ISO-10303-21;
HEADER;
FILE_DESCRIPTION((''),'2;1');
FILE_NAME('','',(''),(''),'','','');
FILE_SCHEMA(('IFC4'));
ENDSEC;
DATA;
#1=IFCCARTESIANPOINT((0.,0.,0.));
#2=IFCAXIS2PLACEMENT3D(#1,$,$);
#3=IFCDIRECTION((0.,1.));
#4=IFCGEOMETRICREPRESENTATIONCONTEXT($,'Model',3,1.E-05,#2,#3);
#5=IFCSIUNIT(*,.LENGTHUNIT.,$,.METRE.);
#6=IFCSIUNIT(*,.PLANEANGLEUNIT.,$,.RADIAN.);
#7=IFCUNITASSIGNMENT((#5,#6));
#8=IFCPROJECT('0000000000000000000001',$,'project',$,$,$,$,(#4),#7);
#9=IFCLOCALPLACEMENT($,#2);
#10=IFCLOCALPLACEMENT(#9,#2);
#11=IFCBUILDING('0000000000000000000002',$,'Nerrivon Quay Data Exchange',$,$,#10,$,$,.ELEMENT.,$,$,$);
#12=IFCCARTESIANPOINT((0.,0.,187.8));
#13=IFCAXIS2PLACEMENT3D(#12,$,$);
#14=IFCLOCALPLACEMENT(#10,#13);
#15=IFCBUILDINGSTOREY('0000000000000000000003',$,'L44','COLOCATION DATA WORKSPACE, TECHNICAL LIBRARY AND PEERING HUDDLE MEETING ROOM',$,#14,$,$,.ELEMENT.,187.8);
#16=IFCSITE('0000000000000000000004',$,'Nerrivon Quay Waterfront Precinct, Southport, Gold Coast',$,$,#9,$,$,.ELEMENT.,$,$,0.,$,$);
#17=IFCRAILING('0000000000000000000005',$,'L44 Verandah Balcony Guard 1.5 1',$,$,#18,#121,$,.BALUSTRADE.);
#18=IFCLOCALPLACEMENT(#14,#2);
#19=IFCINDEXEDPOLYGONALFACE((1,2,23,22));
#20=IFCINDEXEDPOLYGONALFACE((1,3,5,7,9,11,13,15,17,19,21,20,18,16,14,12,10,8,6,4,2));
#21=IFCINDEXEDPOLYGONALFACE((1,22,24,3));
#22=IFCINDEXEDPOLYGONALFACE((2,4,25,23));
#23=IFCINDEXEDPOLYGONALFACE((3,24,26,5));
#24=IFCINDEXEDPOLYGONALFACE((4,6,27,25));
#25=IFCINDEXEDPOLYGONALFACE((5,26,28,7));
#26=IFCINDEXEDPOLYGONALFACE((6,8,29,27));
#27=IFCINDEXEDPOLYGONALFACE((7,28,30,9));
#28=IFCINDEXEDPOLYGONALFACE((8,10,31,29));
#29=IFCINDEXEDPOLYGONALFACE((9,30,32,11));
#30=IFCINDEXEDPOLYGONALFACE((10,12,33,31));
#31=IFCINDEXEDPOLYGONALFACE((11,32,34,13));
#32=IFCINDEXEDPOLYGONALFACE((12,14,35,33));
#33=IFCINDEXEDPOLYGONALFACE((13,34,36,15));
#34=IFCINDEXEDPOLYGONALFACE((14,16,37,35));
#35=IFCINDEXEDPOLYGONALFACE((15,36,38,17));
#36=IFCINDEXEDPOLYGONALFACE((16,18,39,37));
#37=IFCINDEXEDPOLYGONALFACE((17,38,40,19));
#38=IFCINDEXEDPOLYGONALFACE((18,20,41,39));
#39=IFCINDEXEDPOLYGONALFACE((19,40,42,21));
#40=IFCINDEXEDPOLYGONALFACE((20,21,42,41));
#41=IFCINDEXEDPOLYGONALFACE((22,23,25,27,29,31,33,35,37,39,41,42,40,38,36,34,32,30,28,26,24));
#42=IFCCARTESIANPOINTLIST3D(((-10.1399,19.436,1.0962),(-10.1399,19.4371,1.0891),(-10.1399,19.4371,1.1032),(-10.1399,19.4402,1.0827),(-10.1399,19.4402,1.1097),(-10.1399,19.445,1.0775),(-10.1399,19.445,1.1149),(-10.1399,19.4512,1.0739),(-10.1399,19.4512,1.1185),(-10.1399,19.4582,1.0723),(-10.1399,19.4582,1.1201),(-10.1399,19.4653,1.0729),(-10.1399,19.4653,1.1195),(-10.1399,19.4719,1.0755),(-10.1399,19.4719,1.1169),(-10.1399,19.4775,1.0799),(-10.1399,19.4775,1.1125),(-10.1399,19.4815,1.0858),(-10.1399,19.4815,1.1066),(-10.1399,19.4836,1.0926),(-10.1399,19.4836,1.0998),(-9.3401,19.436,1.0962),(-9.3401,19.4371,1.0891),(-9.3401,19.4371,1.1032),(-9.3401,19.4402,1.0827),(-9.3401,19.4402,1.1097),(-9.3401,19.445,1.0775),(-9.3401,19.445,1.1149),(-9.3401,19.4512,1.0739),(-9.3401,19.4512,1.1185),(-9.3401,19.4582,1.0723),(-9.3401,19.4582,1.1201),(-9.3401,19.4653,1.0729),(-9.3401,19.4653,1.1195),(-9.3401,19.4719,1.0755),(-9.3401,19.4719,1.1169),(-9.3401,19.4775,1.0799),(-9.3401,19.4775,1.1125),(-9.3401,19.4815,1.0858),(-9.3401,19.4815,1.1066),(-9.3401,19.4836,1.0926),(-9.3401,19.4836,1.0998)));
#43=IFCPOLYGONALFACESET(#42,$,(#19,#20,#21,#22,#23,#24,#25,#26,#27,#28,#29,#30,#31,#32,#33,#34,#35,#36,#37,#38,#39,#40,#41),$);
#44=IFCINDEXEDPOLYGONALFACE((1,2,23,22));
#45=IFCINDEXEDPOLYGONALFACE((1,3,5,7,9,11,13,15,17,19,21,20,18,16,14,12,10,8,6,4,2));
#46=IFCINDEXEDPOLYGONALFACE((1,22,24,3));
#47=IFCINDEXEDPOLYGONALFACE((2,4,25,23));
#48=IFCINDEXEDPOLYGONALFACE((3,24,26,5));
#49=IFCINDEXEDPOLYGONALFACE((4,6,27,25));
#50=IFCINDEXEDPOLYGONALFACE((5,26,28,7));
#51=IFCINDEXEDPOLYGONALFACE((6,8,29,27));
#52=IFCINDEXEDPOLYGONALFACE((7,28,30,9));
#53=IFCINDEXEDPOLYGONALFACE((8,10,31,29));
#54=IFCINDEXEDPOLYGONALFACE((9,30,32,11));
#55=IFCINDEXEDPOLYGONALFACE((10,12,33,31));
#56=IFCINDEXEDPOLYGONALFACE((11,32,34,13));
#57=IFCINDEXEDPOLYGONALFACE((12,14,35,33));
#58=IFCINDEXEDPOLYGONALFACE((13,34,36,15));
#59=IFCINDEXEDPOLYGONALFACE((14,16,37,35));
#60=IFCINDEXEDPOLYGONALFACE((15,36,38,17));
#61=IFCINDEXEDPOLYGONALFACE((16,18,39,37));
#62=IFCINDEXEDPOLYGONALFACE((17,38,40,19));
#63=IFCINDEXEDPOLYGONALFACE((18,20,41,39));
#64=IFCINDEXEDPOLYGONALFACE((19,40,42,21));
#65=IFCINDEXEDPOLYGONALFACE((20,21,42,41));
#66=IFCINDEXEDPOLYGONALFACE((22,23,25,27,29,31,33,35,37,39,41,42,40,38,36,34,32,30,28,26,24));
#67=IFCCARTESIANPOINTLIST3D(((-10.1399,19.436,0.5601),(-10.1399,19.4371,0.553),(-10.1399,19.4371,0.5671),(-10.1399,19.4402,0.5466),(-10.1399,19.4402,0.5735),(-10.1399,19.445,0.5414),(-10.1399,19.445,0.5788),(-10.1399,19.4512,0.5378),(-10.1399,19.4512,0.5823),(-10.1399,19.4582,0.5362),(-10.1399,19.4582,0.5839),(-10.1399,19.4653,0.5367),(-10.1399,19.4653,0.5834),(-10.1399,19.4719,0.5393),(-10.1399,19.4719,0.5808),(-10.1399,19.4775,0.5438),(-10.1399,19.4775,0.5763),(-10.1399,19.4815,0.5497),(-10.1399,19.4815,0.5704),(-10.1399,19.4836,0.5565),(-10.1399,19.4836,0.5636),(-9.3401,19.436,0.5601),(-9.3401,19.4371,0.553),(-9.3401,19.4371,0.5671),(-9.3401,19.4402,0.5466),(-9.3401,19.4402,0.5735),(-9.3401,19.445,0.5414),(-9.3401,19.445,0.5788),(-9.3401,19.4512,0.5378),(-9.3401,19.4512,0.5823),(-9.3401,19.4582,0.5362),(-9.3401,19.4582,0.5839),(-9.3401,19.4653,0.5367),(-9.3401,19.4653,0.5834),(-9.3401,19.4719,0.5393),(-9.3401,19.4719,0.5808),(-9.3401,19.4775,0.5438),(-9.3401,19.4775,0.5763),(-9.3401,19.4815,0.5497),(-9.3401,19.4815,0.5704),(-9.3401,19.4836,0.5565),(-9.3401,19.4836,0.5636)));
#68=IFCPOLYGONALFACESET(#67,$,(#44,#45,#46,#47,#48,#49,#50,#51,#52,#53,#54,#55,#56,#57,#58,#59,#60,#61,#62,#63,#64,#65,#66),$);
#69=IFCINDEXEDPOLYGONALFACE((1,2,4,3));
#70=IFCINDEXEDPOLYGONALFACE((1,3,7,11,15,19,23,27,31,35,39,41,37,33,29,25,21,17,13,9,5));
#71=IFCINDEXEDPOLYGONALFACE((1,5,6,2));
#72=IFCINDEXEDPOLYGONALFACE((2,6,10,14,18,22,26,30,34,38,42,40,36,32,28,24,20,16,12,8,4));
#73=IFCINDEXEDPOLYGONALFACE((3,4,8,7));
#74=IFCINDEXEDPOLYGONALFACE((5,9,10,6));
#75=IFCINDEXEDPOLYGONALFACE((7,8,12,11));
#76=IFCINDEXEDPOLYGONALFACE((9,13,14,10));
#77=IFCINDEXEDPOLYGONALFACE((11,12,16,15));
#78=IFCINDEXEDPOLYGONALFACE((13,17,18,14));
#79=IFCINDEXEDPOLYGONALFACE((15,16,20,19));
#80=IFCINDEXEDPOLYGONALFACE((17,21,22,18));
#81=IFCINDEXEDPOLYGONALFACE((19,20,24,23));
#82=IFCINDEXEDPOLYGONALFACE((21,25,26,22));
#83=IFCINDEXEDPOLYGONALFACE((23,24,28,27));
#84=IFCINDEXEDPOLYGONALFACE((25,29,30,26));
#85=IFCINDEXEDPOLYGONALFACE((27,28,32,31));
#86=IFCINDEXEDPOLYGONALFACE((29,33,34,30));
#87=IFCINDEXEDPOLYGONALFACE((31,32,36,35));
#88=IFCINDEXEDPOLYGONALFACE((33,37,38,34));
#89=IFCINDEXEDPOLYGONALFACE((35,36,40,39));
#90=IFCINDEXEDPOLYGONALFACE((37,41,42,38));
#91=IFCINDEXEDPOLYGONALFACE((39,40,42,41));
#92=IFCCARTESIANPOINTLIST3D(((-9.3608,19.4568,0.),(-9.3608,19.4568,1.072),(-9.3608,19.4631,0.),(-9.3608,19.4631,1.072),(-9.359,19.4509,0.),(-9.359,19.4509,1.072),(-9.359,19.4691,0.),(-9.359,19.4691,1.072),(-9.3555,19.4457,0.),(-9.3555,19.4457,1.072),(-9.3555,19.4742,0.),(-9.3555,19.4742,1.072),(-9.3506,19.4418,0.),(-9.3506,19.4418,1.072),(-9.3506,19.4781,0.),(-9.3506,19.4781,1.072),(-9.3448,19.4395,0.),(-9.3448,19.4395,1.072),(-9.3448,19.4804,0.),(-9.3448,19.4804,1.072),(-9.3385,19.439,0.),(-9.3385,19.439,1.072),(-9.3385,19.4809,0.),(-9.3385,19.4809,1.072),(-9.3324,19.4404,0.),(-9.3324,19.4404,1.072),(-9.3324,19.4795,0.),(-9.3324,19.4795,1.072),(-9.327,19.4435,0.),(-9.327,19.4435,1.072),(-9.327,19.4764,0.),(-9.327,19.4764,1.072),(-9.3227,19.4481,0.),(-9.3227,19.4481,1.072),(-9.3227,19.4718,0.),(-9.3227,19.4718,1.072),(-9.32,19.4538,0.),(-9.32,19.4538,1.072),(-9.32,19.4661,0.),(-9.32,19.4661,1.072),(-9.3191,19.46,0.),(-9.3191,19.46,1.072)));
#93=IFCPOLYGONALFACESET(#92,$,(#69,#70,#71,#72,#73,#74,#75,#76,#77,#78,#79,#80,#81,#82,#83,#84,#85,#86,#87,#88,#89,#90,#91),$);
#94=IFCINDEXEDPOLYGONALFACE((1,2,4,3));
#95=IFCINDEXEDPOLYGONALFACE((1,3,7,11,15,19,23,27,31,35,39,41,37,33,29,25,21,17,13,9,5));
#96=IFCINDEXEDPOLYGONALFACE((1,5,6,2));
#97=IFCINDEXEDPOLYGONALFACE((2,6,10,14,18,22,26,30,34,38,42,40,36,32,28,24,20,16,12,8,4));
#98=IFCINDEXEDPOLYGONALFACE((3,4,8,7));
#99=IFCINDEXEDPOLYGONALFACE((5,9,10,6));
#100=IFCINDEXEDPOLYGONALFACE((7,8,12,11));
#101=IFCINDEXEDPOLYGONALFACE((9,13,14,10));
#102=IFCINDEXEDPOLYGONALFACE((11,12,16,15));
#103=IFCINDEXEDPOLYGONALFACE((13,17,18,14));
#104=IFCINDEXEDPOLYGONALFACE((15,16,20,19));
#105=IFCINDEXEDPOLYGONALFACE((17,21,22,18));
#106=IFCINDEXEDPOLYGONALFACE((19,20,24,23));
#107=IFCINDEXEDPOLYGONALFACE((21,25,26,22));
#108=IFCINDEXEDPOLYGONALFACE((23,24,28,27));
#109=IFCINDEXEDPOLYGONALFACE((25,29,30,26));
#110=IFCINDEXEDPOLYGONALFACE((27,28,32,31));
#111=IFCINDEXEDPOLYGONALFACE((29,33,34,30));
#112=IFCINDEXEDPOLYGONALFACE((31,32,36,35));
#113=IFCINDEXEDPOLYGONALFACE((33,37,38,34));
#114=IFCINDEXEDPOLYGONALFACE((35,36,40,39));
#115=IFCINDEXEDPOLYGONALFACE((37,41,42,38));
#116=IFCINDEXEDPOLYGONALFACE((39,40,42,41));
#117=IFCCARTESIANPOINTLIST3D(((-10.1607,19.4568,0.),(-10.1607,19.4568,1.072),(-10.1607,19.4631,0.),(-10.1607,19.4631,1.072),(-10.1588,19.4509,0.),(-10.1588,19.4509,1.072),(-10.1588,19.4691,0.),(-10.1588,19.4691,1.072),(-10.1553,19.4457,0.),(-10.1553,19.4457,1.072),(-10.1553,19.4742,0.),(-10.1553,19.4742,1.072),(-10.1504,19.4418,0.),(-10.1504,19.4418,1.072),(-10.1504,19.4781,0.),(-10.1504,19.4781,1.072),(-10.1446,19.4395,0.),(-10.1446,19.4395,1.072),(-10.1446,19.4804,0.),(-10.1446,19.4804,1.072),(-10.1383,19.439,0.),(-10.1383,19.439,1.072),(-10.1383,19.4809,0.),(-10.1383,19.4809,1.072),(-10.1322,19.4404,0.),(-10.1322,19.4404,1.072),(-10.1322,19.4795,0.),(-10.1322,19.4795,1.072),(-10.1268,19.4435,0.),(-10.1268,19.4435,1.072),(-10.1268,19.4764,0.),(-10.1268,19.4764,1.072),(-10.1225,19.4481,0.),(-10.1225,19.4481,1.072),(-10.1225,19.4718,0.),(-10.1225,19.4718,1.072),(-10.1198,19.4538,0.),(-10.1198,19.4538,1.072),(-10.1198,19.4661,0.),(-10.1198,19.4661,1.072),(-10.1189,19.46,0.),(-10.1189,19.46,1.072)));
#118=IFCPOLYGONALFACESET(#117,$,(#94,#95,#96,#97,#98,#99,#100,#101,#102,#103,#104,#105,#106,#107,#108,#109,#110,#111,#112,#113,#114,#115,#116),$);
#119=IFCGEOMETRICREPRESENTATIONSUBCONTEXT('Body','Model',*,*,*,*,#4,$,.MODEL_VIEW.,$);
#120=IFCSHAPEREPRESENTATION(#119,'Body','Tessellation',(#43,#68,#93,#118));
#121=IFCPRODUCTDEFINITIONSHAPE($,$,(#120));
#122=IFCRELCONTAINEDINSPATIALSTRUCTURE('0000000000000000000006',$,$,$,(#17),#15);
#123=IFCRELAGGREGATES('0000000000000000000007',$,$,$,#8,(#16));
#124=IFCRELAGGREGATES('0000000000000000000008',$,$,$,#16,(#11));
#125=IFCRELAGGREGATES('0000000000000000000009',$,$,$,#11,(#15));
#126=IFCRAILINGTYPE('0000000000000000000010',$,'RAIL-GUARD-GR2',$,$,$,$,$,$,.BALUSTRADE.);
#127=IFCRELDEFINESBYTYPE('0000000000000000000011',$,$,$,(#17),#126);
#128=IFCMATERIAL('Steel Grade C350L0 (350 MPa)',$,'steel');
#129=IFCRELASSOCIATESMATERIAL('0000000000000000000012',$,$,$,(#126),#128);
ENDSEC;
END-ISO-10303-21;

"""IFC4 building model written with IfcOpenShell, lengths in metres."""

from ifc_helpers import new_model, si_unit, direction, frame, origin, origin_2d, place, context, subcontext, project, spatial, circle, extrude, material, type_object, element, save


model = new_model("IFC4")

# Units and contexts
model_context = context("Model", 3, precision=1e-05, world=origin(), true_north=direction((0.0, 1.0)))
body_context = subcontext(model_context, "Body", "Model", "MODEL_VIEW")
ifc_project = project(units=[si_unit("LENGTHUNIT", "METRE"), si_unit("PLANEANGLEUNIT", "RADIAN")], contexts=[model_context])

# Site, building, storey
site_placement = place(None, origin())
site = spatial("IfcSite", under=ifc_project, at=site_placement, Name="Nerrivon Quay Waterfront Precinct, Southport, Gold Coast", CompositionType="ELEMENT", RefElevation=0.0)
building_placement = place(site_placement, origin())
building = spatial("IfcBuilding", under=site, at=building_placement, Name="Nerrivon Quay Data Exchange", CompositionType="ELEMENT")
storey_placement = place(building_placement, frame((0.0, 0.0, 187.8)))
storey = spatial("IfcBuildingStorey", under=building, at=storey_placement, Name="L44", Description="COLOCATION DATA WORKSPACE, TECHNICAL LIBRARY AND PEERING HUDDLE MEETING ROOM", CompositionType="ELEMENT", Elevation=187.8)

# Railing
ifc_material_1 = material(Name="Steel Grade C350L0 (350 MPa)", Category="steel")
railing_type = type_object("IfcRailingType", Name="RAIL-GUARD-GR2", PredefinedType="BALUSTRADE", material=ifc_material_1)
railing_1_placement = place(storey_placement, frame((-9.3401, 19.46, 0.0)))
element("IfcRailing", 1, at=railing_1_placement, inside=storey, type_object=railing_type, Name="L44 Verandah Balcony Guard 1.5 1", PredefinedType="BALUSTRADE", context=body_context, shape_type="SweptSolid", body=[
    extrude(circle(Radius=0.0239, at=origin_2d()), frame((0.0, 0.0, 1.0962), z_axis=(-1.0, 0.0, 0.0), x_axis=(0.0, -1.0, 0.0)), (0.0, 0.0, 1.0), 0.7998),
    extrude(circle(Radius=0.0239, at=origin_2d()), frame((0.0, 0.0, 0.5601), z_axis=(-1.0, 0.0, 0.0), x_axis=(0.0, -1.0, 0.0)), (0.0, 0.0, 1.0), 0.7998),
    extrude(circle(Radius=0.021, at=origin_2d()), origin(), (0.0, 0.0, 1.0), 1.072),
    extrude(circle(Radius=0.021, at=origin_2d()), frame((-0.7998, 0.0, 0.0)), (0.0, 0.0, 1.0), 1.072),
])

save(model, "model.ifc")
